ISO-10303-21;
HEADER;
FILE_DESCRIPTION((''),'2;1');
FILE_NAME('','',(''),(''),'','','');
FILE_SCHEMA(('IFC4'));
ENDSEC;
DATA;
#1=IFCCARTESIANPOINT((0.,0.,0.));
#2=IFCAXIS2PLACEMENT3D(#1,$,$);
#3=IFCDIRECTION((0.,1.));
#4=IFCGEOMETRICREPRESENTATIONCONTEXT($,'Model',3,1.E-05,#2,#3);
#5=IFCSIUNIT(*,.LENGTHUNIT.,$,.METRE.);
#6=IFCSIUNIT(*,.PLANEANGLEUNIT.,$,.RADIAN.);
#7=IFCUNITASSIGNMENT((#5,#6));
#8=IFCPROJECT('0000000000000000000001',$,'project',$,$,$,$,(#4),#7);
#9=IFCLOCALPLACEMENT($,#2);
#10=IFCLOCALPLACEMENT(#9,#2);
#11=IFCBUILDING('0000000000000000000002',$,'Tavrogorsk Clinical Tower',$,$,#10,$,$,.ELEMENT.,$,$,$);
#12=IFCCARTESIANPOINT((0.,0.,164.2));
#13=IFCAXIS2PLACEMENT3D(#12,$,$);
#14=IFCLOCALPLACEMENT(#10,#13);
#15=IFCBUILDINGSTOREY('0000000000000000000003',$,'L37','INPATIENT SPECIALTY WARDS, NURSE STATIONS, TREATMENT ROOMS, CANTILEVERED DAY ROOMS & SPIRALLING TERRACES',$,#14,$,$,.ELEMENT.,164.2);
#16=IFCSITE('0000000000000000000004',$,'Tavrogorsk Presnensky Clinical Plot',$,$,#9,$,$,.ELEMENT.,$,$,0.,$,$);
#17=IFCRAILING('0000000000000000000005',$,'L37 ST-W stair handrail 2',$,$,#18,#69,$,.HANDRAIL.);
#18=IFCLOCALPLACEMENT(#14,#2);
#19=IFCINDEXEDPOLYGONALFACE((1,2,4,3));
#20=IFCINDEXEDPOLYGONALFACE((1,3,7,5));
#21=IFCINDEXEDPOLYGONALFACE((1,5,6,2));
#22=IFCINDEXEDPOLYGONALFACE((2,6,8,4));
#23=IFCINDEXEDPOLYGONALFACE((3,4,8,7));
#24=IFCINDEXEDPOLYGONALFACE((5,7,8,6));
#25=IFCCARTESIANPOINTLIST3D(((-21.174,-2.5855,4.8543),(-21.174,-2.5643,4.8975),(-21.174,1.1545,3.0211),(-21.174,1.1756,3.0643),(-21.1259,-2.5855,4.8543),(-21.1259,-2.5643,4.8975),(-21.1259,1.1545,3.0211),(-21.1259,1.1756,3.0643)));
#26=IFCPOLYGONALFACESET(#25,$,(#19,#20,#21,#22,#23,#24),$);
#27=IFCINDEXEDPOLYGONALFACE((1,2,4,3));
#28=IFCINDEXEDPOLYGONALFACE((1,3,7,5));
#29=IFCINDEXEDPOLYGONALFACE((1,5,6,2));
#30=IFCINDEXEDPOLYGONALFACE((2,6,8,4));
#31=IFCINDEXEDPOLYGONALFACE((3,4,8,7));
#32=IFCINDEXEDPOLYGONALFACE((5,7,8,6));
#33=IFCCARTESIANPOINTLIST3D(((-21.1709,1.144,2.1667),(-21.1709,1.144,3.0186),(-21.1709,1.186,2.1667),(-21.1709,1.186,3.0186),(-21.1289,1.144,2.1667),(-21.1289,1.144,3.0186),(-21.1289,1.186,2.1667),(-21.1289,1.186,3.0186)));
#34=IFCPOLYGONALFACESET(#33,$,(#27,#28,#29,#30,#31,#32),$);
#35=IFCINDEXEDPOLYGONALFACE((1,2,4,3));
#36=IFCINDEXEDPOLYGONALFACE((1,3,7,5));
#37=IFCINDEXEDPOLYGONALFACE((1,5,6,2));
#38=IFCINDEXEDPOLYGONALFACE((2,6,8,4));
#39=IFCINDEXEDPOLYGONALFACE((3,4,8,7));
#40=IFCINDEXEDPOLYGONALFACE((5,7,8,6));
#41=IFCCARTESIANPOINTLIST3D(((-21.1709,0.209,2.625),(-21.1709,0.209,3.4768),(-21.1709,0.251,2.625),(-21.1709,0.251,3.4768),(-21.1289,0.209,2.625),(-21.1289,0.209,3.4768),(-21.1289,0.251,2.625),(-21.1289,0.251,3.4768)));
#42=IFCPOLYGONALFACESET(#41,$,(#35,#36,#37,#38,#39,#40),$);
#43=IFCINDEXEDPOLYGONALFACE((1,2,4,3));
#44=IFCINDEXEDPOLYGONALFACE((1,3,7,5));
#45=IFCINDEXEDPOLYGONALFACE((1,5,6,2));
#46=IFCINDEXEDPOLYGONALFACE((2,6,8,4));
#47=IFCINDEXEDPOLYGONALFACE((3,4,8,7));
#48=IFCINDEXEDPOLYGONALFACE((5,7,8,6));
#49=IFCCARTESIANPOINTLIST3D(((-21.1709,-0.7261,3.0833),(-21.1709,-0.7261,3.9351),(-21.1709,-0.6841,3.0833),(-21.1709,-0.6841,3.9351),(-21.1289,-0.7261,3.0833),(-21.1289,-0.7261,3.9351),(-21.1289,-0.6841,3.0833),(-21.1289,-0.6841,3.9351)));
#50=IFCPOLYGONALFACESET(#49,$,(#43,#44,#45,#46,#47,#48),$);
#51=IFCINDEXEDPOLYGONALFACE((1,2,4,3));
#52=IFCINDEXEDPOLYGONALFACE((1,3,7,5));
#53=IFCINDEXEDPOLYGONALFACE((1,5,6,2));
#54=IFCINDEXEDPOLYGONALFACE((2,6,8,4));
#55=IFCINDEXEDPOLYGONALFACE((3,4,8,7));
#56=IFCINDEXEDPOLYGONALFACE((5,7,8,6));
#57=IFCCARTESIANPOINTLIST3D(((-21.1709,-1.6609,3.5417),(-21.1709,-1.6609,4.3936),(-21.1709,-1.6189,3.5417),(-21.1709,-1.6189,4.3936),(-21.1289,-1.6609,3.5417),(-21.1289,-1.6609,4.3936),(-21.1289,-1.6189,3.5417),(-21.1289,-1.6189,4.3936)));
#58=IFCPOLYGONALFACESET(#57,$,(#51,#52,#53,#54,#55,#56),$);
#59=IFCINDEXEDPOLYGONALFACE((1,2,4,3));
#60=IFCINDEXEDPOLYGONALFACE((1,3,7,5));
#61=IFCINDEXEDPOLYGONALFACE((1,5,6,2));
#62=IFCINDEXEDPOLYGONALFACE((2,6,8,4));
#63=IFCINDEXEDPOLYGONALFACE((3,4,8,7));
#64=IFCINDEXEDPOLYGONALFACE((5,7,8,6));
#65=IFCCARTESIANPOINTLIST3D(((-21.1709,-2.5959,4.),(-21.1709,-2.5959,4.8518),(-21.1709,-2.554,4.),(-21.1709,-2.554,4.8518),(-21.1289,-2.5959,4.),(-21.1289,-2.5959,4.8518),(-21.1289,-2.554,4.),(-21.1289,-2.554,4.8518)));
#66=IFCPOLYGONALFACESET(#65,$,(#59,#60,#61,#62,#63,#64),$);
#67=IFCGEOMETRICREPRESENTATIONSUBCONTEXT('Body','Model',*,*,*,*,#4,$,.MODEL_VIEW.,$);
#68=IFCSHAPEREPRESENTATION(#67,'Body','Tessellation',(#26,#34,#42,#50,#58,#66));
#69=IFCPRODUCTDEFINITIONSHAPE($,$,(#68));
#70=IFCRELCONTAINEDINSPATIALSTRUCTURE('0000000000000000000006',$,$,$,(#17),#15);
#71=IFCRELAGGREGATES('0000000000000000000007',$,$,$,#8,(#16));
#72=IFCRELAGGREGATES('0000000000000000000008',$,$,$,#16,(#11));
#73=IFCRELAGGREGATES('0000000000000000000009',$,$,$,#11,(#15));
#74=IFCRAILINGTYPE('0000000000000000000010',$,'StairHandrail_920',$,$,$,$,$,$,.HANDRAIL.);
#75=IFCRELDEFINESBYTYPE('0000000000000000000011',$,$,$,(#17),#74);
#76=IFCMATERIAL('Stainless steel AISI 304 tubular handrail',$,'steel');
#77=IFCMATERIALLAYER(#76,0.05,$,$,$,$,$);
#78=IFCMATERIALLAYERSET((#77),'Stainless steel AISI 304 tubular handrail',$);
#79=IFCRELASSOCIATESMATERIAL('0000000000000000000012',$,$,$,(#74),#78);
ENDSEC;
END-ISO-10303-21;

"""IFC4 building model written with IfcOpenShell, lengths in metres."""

from ifc_helpers import new_model, si_unit, direction, frame, origin, origin_2d, place, context, subcontext, project, spatial, rectangle, extrude, material, layer, layer_set, type_object, element, save


model = new_model("IFC4")

# Units and contexts
model_context = context("Model", 3, precision=1e-05, world=origin(), true_north=direction((0.0, 1.0)))
body_context = subcontext(model_context, "Body", "Model", "MODEL_VIEW")
ifc_project = project(units=[si_unit("LENGTHUNIT", "METRE"), si_unit("PLANEANGLEUNIT", "RADIAN")], contexts=[model_context])

# Site, building, storey
site_placement = place(None, origin())
site = spatial("IfcSite", under=ifc_project, at=site_placement, Name="Tavrogorsk Presnensky Clinical Plot", CompositionType="ELEMENT", RefElevation=0.0)
building_placement = place(site_placement, origin())
building = spatial("IfcBuilding", under=site, at=building_placement, Name="Tavrogorsk Clinical Tower", CompositionType="ELEMENT")
storey_placement = place(building_placement, frame((0.0, 0.0, 164.2)))
storey = spatial("IfcBuildingStorey", under=building, at=storey_placement, Name="L37", Description="INPATIENT SPECIALTY WARDS, NURSE STATIONS, TREATMENT ROOMS, CANTILEVERED DAY ROOMS & SPIRALLING TERRACES", CompositionType="ELEMENT", Elevation=164.2)

# Railing
ifc_material_1 = material(Name="Stainless steel AISI 304 tubular handrail", Category="steel")
ifc_layer_1 = layer(ifc_material_1, 0.05)
ifc_layer_set_1 = layer_set([ifc_layer_1], Name="Stainless steel AISI 304 tubular handrail")
railing_type_1 = type_object("IfcRailingType", Name="StairHandrail_920", PredefinedType="HANDRAIL", material=ifc_layer_set_1)
railing_1_placement = place(storey_placement, frame((-21.1499, 1.165, 2.1667)))
element("IfcRailing", 1, at=railing_1_placement, inside=storey, type_object=railing_type_1, Name="L37 ST-W stair handrail 2", PredefinedType="HANDRAIL", context=body_context, shape_type="SweptSolid", body=[
    extrude(rectangle(XDim=0.0481, YDim=0.0481, at=origin_2d()), frame((0.0, 0.0, 0.876), z_axis=(0.0, -0.897928, 0.440142), x_axis=(1.0, 0.0, 0.0)), (0.0, 0.0, 1.0), 4.165),
    extrude(rectangle(XDim=0.042, YDim=0.042, at=origin_2d()), origin(), (0.0, 0.0, 1.0), 0.8518),
    extrude(rectangle(XDim=0.042, YDim=0.042, at=origin_2d()), frame((0.0, -0.9351, 0.4583)), (0.0, 0.0, 1.0), 0.8518),
    extrude(rectangle(XDim=0.042, YDim=0.042, at=origin_2d()), frame((0.0, -1.8701, 0.9165)), (0.0, 0.0, 1.0), 0.8518),
    extrude(rectangle(XDim=0.042, YDim=0.042, at=origin_2d()), frame((0.0, -2.8049, 1.375)), (0.0, 0.0, 1.0), 0.8518),
    extrude(rectangle(XDim=0.042, YDim=0.042, at=origin_2d()), frame((0.0, -3.74, 1.8333)), (0.0, 0.0, 1.0), 0.8518),
])

save(model, "model.ifc")
